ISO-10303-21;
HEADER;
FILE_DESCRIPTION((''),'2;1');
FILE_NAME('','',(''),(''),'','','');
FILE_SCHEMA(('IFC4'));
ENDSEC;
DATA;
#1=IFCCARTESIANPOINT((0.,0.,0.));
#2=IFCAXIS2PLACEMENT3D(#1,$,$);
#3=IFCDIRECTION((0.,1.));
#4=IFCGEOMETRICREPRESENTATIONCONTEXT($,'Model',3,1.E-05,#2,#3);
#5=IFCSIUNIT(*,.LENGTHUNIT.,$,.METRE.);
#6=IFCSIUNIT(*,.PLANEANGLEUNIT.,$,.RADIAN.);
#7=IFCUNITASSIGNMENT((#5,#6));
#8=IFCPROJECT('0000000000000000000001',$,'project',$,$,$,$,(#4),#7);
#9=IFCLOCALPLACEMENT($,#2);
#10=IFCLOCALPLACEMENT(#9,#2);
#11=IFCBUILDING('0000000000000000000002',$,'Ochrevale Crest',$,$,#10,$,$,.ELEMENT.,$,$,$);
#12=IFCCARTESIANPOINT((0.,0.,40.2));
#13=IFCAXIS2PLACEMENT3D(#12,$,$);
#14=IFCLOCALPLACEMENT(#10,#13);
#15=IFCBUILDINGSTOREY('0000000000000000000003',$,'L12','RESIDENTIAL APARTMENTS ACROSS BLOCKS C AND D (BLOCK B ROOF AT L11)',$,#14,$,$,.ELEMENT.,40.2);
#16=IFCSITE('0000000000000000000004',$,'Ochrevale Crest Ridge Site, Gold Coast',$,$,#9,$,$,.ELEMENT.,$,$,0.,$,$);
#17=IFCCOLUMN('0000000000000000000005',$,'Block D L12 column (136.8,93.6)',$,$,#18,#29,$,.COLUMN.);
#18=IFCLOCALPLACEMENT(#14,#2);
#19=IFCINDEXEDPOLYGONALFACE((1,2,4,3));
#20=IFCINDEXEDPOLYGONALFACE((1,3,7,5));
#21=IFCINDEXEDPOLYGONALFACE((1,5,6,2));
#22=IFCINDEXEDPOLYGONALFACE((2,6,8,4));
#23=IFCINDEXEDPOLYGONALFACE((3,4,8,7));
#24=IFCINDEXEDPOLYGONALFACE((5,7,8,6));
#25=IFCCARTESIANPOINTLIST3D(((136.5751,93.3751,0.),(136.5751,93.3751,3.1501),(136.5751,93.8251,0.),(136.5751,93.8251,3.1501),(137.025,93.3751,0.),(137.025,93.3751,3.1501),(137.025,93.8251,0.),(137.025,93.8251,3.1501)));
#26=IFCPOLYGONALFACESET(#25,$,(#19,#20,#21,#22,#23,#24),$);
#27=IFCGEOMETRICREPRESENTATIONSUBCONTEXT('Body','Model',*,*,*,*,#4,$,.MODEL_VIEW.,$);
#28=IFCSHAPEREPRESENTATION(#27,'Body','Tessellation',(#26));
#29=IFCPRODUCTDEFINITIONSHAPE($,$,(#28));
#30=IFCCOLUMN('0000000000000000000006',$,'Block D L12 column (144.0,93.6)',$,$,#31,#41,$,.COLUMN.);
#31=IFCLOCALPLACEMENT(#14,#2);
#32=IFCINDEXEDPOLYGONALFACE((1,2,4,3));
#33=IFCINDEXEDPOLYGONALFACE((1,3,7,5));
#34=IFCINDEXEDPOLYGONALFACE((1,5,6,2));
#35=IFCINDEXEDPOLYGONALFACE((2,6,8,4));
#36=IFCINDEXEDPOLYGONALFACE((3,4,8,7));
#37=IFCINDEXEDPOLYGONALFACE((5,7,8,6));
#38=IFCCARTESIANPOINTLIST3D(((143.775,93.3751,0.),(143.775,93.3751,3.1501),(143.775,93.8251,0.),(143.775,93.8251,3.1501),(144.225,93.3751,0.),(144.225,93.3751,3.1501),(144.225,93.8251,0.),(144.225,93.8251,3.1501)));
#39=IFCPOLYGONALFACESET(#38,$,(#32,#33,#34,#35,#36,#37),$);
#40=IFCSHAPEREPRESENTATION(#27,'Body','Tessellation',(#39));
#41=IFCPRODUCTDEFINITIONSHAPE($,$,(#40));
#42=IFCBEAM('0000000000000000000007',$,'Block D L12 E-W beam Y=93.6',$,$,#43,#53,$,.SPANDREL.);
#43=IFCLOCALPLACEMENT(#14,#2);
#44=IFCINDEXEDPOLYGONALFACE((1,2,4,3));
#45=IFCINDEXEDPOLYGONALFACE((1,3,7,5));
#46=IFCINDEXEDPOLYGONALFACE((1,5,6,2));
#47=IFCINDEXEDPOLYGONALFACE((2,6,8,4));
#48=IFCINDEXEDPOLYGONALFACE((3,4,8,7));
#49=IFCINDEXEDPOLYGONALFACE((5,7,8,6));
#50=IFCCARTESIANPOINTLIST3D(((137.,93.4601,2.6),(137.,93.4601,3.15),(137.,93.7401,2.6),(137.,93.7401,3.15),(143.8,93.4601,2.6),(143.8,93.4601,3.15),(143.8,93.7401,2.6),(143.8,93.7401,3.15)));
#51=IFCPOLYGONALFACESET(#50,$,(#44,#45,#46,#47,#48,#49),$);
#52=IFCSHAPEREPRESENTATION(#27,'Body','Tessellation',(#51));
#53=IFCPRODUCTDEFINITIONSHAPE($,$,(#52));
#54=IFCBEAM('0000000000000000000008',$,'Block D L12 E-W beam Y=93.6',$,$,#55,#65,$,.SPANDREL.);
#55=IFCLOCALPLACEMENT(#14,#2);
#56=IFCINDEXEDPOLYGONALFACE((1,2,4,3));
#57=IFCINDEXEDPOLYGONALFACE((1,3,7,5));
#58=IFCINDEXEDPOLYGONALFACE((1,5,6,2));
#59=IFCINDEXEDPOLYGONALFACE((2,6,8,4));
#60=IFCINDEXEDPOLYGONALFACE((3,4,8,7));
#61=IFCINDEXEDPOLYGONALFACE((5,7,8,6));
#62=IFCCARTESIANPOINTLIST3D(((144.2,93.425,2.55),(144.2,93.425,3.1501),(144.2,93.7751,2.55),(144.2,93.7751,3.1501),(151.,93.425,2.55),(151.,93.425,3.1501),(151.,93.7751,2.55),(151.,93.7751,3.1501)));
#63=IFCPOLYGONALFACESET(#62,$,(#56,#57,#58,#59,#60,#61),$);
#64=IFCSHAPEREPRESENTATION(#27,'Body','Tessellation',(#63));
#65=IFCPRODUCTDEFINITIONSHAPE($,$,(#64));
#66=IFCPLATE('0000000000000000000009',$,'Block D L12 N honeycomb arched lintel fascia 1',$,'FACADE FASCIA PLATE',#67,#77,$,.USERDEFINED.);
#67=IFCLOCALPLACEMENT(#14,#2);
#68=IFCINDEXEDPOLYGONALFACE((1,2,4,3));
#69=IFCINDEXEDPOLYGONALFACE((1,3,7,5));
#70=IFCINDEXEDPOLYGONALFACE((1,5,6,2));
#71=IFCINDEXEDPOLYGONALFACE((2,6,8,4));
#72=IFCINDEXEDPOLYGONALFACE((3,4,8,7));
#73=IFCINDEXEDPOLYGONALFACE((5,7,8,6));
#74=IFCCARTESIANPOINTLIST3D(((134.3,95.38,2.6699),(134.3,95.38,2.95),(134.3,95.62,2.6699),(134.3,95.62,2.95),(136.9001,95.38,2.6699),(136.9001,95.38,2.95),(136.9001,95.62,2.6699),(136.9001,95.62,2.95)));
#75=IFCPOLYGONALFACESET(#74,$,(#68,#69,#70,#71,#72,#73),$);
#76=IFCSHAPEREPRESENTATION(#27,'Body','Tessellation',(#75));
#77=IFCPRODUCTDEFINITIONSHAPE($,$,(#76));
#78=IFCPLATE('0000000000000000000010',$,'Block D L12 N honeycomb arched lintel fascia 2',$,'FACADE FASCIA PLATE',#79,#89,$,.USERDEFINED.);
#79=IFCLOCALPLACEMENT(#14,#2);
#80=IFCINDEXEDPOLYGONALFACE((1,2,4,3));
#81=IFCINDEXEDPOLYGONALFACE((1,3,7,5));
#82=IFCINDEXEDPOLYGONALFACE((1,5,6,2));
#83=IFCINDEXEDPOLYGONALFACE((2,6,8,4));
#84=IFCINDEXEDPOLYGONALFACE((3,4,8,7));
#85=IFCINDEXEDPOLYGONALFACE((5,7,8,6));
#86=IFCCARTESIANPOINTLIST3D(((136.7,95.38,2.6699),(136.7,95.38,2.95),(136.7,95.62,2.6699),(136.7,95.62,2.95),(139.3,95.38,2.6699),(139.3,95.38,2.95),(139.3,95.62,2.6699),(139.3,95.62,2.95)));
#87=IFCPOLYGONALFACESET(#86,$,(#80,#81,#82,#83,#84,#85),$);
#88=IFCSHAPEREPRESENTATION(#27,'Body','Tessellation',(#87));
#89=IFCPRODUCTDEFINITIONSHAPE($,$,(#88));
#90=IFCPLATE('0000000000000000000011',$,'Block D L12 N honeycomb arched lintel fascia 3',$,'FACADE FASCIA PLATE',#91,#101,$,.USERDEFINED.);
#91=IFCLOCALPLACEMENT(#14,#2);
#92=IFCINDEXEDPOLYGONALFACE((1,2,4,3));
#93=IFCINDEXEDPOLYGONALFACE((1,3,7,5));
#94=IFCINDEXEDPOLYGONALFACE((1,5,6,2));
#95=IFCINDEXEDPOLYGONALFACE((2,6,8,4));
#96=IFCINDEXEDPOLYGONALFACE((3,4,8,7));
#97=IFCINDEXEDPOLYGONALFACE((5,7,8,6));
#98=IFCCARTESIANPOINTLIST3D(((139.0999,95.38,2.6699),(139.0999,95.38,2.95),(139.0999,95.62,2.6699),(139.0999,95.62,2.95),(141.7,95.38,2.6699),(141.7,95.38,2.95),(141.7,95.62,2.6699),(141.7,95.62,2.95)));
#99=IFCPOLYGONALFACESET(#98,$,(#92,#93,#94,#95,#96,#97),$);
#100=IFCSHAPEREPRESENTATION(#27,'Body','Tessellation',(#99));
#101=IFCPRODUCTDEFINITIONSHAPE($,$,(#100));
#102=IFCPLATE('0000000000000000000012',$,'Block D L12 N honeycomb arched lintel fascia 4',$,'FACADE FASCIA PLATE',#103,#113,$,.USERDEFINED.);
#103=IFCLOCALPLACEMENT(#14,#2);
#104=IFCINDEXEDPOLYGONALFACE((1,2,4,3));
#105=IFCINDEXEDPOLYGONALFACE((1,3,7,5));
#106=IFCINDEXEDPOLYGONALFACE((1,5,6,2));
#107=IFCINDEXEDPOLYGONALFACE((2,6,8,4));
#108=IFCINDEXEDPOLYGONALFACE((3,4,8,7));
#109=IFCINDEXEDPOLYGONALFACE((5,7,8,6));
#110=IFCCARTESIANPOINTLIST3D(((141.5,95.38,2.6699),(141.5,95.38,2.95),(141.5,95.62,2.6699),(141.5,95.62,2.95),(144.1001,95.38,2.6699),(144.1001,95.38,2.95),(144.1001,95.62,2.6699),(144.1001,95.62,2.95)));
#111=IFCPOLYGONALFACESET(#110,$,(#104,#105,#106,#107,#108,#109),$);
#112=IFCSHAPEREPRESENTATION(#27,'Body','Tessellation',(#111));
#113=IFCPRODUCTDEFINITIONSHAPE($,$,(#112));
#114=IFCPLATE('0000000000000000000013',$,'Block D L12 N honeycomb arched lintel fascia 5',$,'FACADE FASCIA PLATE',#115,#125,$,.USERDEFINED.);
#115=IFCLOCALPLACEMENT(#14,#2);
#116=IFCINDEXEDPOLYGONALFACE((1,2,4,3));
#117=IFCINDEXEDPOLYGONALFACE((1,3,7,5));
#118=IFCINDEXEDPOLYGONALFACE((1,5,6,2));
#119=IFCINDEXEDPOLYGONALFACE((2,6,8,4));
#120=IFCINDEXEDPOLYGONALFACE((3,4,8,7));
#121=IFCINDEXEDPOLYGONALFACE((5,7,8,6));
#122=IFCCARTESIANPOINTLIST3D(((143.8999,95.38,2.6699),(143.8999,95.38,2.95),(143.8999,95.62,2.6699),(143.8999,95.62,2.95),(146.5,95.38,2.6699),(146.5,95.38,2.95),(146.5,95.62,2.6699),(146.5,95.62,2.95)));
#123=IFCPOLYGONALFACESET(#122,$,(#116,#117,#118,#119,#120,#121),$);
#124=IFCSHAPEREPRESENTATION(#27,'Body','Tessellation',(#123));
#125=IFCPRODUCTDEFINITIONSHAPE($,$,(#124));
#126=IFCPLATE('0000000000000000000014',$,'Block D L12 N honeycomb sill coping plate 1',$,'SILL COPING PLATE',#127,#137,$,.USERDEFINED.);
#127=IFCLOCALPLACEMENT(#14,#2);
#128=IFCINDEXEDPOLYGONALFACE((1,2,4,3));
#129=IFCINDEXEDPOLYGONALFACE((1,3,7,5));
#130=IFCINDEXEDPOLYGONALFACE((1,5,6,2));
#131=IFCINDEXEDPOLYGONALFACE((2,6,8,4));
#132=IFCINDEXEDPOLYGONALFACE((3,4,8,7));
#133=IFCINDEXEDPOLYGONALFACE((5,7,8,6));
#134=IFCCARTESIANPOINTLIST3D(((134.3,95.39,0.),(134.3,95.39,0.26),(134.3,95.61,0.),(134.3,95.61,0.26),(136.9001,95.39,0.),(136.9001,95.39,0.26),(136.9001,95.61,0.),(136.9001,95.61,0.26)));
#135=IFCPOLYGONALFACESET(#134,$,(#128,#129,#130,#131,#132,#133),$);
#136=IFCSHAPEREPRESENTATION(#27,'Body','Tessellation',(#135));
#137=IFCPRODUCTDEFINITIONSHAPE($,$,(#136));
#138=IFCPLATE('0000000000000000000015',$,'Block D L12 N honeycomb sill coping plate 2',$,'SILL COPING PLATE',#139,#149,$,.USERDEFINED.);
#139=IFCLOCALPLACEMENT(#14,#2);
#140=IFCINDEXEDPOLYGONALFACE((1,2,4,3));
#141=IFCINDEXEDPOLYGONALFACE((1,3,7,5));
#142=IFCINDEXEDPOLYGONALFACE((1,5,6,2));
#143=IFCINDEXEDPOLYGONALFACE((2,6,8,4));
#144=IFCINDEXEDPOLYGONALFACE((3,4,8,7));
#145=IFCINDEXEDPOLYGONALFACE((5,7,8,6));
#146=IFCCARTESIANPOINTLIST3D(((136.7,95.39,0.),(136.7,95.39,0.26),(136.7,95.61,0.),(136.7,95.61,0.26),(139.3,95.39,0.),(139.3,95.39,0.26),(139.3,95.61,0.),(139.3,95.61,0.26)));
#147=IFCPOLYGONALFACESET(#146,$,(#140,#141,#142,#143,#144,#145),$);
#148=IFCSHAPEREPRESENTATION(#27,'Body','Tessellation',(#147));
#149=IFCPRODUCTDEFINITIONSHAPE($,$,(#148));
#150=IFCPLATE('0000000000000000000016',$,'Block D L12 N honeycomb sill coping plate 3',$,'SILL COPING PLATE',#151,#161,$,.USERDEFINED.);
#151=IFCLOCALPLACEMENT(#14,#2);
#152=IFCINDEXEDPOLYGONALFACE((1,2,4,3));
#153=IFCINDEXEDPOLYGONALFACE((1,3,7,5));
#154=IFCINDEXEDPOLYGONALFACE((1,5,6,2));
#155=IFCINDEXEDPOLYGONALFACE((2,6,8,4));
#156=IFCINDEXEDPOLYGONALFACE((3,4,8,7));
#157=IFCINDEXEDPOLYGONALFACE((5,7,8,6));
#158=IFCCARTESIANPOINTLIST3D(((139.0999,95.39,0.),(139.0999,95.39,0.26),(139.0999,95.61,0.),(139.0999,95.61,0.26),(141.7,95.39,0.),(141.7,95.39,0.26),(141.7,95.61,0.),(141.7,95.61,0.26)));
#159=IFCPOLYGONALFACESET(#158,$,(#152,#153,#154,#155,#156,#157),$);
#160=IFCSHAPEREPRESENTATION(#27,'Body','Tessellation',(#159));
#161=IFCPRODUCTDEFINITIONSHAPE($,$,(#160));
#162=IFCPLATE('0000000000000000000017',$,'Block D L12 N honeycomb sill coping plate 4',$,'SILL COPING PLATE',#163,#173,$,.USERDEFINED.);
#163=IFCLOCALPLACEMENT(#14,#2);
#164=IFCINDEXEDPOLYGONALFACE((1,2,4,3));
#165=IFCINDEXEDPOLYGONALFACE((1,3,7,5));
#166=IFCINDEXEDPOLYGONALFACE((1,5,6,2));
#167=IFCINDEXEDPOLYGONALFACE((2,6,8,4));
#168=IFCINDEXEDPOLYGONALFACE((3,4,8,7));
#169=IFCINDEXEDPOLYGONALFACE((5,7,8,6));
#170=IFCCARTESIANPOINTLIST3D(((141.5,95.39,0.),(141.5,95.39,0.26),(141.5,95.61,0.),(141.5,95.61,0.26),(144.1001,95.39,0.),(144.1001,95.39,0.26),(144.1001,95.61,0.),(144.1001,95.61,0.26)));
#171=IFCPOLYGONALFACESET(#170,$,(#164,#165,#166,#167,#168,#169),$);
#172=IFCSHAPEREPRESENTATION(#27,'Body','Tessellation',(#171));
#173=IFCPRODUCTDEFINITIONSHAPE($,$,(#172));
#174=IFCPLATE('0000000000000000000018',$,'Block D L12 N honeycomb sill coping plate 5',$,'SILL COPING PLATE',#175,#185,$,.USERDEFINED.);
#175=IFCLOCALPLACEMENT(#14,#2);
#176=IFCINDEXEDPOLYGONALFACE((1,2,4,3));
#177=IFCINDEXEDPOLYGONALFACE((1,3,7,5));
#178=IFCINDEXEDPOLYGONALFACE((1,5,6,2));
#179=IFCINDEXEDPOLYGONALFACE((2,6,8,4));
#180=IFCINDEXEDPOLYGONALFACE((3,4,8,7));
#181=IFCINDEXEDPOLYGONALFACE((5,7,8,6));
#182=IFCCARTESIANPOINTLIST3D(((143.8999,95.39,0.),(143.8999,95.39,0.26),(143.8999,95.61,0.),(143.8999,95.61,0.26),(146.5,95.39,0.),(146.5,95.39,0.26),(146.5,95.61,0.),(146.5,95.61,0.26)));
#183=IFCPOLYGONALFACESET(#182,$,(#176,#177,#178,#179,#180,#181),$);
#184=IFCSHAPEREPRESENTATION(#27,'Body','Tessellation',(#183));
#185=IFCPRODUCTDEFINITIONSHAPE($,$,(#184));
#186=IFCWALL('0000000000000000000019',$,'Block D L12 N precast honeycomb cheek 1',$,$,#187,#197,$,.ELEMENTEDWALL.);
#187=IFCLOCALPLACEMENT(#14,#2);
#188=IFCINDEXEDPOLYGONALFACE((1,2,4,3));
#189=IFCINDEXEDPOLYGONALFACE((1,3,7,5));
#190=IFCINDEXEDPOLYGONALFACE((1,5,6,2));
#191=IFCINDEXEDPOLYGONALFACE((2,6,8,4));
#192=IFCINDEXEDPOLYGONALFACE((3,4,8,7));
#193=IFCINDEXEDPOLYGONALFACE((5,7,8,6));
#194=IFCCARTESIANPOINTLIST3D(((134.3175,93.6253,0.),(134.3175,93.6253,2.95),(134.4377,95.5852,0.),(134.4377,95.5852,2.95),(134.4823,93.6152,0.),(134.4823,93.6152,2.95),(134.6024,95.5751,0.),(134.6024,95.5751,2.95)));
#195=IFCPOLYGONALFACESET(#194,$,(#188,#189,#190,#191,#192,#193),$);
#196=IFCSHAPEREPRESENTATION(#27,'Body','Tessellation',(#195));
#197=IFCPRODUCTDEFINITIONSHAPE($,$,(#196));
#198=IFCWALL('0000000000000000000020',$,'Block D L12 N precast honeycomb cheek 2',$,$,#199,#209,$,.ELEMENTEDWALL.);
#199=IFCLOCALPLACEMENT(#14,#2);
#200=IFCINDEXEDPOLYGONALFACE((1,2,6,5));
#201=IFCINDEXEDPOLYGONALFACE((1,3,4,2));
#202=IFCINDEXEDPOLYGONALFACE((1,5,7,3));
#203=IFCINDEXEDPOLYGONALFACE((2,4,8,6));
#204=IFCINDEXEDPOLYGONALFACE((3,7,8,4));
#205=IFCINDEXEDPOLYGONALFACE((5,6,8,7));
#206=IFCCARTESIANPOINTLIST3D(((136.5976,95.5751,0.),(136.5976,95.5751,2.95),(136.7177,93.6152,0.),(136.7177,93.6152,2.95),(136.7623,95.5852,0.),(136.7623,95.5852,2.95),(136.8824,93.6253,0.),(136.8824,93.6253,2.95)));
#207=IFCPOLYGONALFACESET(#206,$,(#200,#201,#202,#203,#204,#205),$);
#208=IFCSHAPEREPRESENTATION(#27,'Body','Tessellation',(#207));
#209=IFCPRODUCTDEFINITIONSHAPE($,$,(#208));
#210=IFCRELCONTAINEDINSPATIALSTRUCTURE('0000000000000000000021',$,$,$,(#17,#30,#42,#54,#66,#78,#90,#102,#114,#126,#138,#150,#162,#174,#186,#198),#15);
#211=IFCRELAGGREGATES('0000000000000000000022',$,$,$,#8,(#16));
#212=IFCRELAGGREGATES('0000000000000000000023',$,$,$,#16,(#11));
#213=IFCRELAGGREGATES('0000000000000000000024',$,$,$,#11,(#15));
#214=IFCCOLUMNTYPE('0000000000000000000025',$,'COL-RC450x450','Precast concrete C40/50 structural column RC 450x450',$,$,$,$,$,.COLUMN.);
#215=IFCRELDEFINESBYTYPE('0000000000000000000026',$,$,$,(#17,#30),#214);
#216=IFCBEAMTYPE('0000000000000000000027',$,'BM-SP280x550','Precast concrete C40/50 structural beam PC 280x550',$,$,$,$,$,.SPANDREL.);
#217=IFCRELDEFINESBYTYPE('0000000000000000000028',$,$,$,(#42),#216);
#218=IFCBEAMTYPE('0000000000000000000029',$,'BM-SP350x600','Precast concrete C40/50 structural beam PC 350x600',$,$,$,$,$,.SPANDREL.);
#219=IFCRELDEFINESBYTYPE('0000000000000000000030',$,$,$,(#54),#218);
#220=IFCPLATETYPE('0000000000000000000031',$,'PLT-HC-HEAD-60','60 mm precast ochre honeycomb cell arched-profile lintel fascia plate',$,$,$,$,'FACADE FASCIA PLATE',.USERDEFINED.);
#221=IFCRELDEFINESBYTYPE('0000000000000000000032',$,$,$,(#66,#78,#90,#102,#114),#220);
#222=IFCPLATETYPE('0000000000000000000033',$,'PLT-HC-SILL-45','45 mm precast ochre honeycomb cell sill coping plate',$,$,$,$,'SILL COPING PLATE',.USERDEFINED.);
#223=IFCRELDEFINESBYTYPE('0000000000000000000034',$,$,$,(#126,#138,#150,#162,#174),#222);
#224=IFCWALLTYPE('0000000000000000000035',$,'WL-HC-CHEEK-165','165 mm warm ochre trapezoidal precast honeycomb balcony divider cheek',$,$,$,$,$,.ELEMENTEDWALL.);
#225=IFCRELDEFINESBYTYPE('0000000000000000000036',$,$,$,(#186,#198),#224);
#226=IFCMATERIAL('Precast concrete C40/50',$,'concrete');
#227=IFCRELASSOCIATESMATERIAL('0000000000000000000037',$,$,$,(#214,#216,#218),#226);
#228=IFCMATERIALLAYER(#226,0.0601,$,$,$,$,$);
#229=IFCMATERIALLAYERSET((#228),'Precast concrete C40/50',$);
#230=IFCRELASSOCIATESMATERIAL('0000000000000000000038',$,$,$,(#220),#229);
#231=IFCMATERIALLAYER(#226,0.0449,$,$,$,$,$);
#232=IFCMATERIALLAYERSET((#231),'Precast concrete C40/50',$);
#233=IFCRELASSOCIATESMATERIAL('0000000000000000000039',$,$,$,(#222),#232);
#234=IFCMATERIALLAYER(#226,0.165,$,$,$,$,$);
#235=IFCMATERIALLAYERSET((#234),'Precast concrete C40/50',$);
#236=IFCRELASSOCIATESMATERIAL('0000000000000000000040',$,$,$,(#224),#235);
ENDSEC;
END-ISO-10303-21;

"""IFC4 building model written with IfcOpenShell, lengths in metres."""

from ifc_helpers import new_model, si_unit, direction, frame, frame_2d, origin, origin_2d, place, context, subcontext, project, spatial, rectangle, extrude, material, layer, layer_set, material_profile, profile_set, type_object, element, save


model = new_model("IFC4")

# Units and contexts
model_context = context("Model", 3, precision=1e-05, world=origin(), true_north=direction((0.0, 1.0)))
body_context = subcontext(model_context, "Body", "Model", "MODEL_VIEW")
ifc_project = project(units=[si_unit("LENGTHUNIT", "METRE"), si_unit("PLANEANGLEUNIT", "RADIAN")], contexts=[model_context])

# Site, building, storey
site_placement = place(None, origin())
site = spatial("IfcSite", under=ifc_project, at=site_placement, Name="Ochrevale Crest Ridge Site, Gold Coast", CompositionType="ELEMENT", RefElevation=0.0)
building_placement = place(site_placement, origin())
building = spatial("IfcBuilding", under=site, at=building_placement, Name="Ochrevale Crest", CompositionType="ELEMENT")
storey_placement = place(building_placement, frame((0.0, 0.0, 40.2)))
storey = spatial("IfcBuildingStorey", under=building, at=storey_placement, Name="L12", Description="RESIDENTIAL APARTMENTS ACROSS BLOCKS C AND D (BLOCK B ROOF AT L11)", CompositionType="ELEMENT", Elevation=40.2)

# Columns
ifc_material_1 = material(Name="Precast concrete C40/50", Category="concrete")
ifc_material_profile_1 = material_profile(ifc_material_1, rectangle(XDim=0.45, YDim=0.45, at=origin_2d()), Name="RC 450x450")
ifc_profile_set_1 = profile_set([ifc_material_profile_1], Name="Precast concrete C40/50")
column_type = type_object("IfcColumnType", Name="COL-RC450x450", Description="Precast concrete C40/50 structural column RC 450x450", PredefinedType="COLUMN", material=ifc_profile_set_1)
for number, where, z_axis, x_axis, name in (
    (1, (136.8, 93.6001, 0.0), (0.0, 0.0, 1.0), (1.0, 0.0, 0.0), "Block D L12 column (136.8,93.6)"),
    (2, (144.0, 93.6001, 0.0), (0.0, 0.0, 1.0), (1.0, 0.0, 0.0), "Block D L12 column (144.0,93.6)"),
):
    element("IfcColumn", number, at=place(storey_placement, frame(where, z_axis=z_axis, x_axis=x_axis)), inside=storey, type_object=column_type, Name=name, PredefinedType="COLUMN", context=body_context, shape_type="SweptSolid", body=[
        extrude(rectangle(XDim=0.45, YDim=0.45, at=origin_2d()), origin(), (0.0, 0.0, 1.0), 3.1501),
    ])

# Beams
ifc_material_profile_2 = material_profile(ifc_material_1, rectangle(XDim=0.28, YDim=0.55, at=origin_2d()), Name="PC 280x550")
ifc_profile_set_2 = profile_set([ifc_material_profile_2], Name="Precast concrete C40/50")
beam_type_1 = type_object("IfcBeamType", Name="BM-SP280x550", Description="Precast concrete C40/50 structural beam PC 280x550", PredefinedType="SPANDREL", material=ifc_profile_set_2)
beam_1_placement = place(storey_placement, frame((137.0, 93.6001, 2.875), z_axis=(1.0, 0.0, 0.0), x_axis=(0.0, 1.0, 0.0)))
element("IfcBeam", 3, at=beam_1_placement, inside=storey, type_object=beam_type_1, Name="Block D L12 E-W beam Y=93.6", PredefinedType="SPANDREL", context=body_context, shape_type="SweptSolid", body=[
    extrude(rectangle(XDim=0.28, YDim=0.55, at=origin_2d()), origin(), (0.0, 0.0, 1.0), 6.8),
])
ifc_material_profile_3 = material_profile(ifc_material_1, rectangle(XDim=0.3501, YDim=0.6001, at=origin_2d()), Name="PC 350x600")
ifc_profile_set_3 = profile_set([ifc_material_profile_3], Name="Precast concrete C40/50")
beam_type_2 = type_object("IfcBeamType", Name="BM-SP350x600", Description="Precast concrete C40/50 structural beam PC 350x600", PredefinedType="SPANDREL", material=ifc_profile_set_3)
beam_2_placement = place(storey_placement, frame((144.2, 93.6001, 2.8501), z_axis=(1.0, 0.0, 0.0), x_axis=(0.0, 1.0, 0.0)))
element("IfcBeam", 4, at=beam_2_placement, inside=storey, type_object=beam_type_2, Name="Block D L12 E-W beam Y=93.6", PredefinedType="SPANDREL", context=body_context, shape_type="SweptSolid", body=[
    extrude(rectangle(XDim=0.3501, YDim=0.6001, at=origin_2d()), origin(), (0.0, 0.0, 1.0), 6.8),
])

# Plates
ifc_layer_1 = layer(ifc_material_1, 0.0601)
ifc_layer_set_1 = layer_set([ifc_layer_1], Name="Precast concrete C40/50")
plate_type_1 = type_object("IfcPlateType", Name="PLT-HC-HEAD-60", Description="60 mm precast ochre honeycomb cell arched-profile lintel fascia plate", ElementType="FACADE FASCIA PLATE", PredefinedType="USERDEFINED", material=ifc_layer_set_1)
for number, where, z_axis, x_axis, name in (
    (5, (135.6001, 95.5, 2.6699), (0.0, 0.0, 1.0), (1.0, 0.0, 0.0), "Block D L12 N honeycomb arched lintel fascia 1"),
    (6, (138.0, 95.5, 2.6699), (0.0, 0.0, 1.0), (1.0, 0.0, 0.0), "Block D L12 N honeycomb arched lintel fascia 2"),
    (7, (140.3999, 95.5, 2.6699), (0.0, 0.0, 1.0), (1.0, 0.0, 0.0), "Block D L12 N honeycomb arched lintel fascia 3"),
    (8, (142.8, 95.5, 2.6699), (0.0, 0.0, 1.0), (1.0, 0.0, 0.0), "Block D L12 N honeycomb arched lintel fascia 4"),
    (9, (145.2, 95.5, 2.6699), (0.0, 0.0, 1.0), (1.0, 0.0, 0.0), "Block D L12 N honeycomb arched lintel fascia 5"),
):
    element("IfcPlate", number, at=place(storey_placement, frame(where, z_axis=z_axis, x_axis=x_axis)), inside=storey, type_object=plate_type_1, Name=name, ObjectType="FACADE FASCIA PLATE", PredefinedType="USERDEFINED", context=body_context, shape_type="SweptSolid", body=[
        extrude(rectangle(XDim=2.6001, YDim=0.24, at=origin_2d()), origin(), (0.0, 0.0, 1.0), 0.28),
    ])
ifc_layer_2 = layer(ifc_material_1, 0.0449)
ifc_layer_set_2 = layer_set([ifc_layer_2], Name="Precast concrete C40/50")
plate_type_2 = type_object("IfcPlateType", Name="PLT-HC-SILL-45", Description="45 mm precast ochre honeycomb cell sill coping plate", ElementType="SILL COPING PLATE", PredefinedType="USERDEFINED", material=ifc_layer_set_2)
for number, where, z_axis, x_axis, name in (
    (10, (135.6001, 95.5, 0.0), (0.0, 0.0, 1.0), (1.0, 0.0, 0.0), "Block D L12 N honeycomb sill coping plate 1"),
    (11, (138.0, 95.5, 0.0), (0.0, 0.0, 1.0), (1.0, 0.0, 0.0), "Block D L12 N honeycomb sill coping plate 2"),
    (12, (140.3999, 95.5, 0.0), (0.0, 0.0, 1.0), (1.0, 0.0, 0.0), "Block D L12 N honeycomb sill coping plate 3"),
    (13, (142.8, 95.5, 0.0), (0.0, 0.0, 1.0), (1.0, 0.0, 0.0), "Block D L12 N honeycomb sill coping plate 4"),
    (14, (145.2, 95.5, 0.0), (0.0, 0.0, 1.0), (1.0, 0.0, 0.0), "Block D L12 N honeycomb sill coping plate 5"),
):
    element("IfcPlate", number, at=place(storey_placement, frame(where, z_axis=z_axis, x_axis=x_axis)), inside=storey, type_object=plate_type_2, Name=name, ObjectType="SILL COPING PLATE", PredefinedType="USERDEFINED", context=body_context, shape_type="SweptSolid", body=[
        extrude(rectangle(XDim=2.6001, YDim=0.22, at=origin_2d()), origin(), (0.0, 0.0, 1.0), 0.26),
    ])

# Walls
ifc_layer_3 = layer(ifc_material_1, 0.165)
ifc_layer_set_3 = layer_set([ifc_layer_3], Name="Precast concrete C40/50")
wall_type_1 = type_object("IfcWallType", Name="WL-HC-CHEEK-165", Description="165 mm warm ochre trapezoidal precast honeycomb balcony divider cheek", PredefinedType="ELEMENTEDWALL", material=ifc_layer_set_3)
for number, where, z_axis, x_axis, name in (
    (15, (134.3999, 93.6201, 0.0), (0.0, 0.0, 1.0), (0.061171, 0.998127, 0.0), "Block D L12 N precast honeycomb cheek 1"),
    (16, (136.8, 93.6201, 0.0), (0.0, 0.0, 1.0), (-0.061171, 0.998127, 0.0), "Block D L12 N precast honeycomb cheek 2"),
):
    element("IfcWall", number, at=place(storey_placement, frame(where, z_axis=z_axis, x_axis=x_axis)), inside=storey, type_object=wall_type_1, Name=name, PredefinedType="ELEMENTEDWALL", context=body_context, shape_type="SweptSolid", body=[
        extrude(rectangle(XDim=1.9636, YDim=0.165, at=frame_2d((0.9819, 0.0))), origin(), (0.0, 0.0, 1.0), 2.95),
    ])

save(model, "model.ifc")
